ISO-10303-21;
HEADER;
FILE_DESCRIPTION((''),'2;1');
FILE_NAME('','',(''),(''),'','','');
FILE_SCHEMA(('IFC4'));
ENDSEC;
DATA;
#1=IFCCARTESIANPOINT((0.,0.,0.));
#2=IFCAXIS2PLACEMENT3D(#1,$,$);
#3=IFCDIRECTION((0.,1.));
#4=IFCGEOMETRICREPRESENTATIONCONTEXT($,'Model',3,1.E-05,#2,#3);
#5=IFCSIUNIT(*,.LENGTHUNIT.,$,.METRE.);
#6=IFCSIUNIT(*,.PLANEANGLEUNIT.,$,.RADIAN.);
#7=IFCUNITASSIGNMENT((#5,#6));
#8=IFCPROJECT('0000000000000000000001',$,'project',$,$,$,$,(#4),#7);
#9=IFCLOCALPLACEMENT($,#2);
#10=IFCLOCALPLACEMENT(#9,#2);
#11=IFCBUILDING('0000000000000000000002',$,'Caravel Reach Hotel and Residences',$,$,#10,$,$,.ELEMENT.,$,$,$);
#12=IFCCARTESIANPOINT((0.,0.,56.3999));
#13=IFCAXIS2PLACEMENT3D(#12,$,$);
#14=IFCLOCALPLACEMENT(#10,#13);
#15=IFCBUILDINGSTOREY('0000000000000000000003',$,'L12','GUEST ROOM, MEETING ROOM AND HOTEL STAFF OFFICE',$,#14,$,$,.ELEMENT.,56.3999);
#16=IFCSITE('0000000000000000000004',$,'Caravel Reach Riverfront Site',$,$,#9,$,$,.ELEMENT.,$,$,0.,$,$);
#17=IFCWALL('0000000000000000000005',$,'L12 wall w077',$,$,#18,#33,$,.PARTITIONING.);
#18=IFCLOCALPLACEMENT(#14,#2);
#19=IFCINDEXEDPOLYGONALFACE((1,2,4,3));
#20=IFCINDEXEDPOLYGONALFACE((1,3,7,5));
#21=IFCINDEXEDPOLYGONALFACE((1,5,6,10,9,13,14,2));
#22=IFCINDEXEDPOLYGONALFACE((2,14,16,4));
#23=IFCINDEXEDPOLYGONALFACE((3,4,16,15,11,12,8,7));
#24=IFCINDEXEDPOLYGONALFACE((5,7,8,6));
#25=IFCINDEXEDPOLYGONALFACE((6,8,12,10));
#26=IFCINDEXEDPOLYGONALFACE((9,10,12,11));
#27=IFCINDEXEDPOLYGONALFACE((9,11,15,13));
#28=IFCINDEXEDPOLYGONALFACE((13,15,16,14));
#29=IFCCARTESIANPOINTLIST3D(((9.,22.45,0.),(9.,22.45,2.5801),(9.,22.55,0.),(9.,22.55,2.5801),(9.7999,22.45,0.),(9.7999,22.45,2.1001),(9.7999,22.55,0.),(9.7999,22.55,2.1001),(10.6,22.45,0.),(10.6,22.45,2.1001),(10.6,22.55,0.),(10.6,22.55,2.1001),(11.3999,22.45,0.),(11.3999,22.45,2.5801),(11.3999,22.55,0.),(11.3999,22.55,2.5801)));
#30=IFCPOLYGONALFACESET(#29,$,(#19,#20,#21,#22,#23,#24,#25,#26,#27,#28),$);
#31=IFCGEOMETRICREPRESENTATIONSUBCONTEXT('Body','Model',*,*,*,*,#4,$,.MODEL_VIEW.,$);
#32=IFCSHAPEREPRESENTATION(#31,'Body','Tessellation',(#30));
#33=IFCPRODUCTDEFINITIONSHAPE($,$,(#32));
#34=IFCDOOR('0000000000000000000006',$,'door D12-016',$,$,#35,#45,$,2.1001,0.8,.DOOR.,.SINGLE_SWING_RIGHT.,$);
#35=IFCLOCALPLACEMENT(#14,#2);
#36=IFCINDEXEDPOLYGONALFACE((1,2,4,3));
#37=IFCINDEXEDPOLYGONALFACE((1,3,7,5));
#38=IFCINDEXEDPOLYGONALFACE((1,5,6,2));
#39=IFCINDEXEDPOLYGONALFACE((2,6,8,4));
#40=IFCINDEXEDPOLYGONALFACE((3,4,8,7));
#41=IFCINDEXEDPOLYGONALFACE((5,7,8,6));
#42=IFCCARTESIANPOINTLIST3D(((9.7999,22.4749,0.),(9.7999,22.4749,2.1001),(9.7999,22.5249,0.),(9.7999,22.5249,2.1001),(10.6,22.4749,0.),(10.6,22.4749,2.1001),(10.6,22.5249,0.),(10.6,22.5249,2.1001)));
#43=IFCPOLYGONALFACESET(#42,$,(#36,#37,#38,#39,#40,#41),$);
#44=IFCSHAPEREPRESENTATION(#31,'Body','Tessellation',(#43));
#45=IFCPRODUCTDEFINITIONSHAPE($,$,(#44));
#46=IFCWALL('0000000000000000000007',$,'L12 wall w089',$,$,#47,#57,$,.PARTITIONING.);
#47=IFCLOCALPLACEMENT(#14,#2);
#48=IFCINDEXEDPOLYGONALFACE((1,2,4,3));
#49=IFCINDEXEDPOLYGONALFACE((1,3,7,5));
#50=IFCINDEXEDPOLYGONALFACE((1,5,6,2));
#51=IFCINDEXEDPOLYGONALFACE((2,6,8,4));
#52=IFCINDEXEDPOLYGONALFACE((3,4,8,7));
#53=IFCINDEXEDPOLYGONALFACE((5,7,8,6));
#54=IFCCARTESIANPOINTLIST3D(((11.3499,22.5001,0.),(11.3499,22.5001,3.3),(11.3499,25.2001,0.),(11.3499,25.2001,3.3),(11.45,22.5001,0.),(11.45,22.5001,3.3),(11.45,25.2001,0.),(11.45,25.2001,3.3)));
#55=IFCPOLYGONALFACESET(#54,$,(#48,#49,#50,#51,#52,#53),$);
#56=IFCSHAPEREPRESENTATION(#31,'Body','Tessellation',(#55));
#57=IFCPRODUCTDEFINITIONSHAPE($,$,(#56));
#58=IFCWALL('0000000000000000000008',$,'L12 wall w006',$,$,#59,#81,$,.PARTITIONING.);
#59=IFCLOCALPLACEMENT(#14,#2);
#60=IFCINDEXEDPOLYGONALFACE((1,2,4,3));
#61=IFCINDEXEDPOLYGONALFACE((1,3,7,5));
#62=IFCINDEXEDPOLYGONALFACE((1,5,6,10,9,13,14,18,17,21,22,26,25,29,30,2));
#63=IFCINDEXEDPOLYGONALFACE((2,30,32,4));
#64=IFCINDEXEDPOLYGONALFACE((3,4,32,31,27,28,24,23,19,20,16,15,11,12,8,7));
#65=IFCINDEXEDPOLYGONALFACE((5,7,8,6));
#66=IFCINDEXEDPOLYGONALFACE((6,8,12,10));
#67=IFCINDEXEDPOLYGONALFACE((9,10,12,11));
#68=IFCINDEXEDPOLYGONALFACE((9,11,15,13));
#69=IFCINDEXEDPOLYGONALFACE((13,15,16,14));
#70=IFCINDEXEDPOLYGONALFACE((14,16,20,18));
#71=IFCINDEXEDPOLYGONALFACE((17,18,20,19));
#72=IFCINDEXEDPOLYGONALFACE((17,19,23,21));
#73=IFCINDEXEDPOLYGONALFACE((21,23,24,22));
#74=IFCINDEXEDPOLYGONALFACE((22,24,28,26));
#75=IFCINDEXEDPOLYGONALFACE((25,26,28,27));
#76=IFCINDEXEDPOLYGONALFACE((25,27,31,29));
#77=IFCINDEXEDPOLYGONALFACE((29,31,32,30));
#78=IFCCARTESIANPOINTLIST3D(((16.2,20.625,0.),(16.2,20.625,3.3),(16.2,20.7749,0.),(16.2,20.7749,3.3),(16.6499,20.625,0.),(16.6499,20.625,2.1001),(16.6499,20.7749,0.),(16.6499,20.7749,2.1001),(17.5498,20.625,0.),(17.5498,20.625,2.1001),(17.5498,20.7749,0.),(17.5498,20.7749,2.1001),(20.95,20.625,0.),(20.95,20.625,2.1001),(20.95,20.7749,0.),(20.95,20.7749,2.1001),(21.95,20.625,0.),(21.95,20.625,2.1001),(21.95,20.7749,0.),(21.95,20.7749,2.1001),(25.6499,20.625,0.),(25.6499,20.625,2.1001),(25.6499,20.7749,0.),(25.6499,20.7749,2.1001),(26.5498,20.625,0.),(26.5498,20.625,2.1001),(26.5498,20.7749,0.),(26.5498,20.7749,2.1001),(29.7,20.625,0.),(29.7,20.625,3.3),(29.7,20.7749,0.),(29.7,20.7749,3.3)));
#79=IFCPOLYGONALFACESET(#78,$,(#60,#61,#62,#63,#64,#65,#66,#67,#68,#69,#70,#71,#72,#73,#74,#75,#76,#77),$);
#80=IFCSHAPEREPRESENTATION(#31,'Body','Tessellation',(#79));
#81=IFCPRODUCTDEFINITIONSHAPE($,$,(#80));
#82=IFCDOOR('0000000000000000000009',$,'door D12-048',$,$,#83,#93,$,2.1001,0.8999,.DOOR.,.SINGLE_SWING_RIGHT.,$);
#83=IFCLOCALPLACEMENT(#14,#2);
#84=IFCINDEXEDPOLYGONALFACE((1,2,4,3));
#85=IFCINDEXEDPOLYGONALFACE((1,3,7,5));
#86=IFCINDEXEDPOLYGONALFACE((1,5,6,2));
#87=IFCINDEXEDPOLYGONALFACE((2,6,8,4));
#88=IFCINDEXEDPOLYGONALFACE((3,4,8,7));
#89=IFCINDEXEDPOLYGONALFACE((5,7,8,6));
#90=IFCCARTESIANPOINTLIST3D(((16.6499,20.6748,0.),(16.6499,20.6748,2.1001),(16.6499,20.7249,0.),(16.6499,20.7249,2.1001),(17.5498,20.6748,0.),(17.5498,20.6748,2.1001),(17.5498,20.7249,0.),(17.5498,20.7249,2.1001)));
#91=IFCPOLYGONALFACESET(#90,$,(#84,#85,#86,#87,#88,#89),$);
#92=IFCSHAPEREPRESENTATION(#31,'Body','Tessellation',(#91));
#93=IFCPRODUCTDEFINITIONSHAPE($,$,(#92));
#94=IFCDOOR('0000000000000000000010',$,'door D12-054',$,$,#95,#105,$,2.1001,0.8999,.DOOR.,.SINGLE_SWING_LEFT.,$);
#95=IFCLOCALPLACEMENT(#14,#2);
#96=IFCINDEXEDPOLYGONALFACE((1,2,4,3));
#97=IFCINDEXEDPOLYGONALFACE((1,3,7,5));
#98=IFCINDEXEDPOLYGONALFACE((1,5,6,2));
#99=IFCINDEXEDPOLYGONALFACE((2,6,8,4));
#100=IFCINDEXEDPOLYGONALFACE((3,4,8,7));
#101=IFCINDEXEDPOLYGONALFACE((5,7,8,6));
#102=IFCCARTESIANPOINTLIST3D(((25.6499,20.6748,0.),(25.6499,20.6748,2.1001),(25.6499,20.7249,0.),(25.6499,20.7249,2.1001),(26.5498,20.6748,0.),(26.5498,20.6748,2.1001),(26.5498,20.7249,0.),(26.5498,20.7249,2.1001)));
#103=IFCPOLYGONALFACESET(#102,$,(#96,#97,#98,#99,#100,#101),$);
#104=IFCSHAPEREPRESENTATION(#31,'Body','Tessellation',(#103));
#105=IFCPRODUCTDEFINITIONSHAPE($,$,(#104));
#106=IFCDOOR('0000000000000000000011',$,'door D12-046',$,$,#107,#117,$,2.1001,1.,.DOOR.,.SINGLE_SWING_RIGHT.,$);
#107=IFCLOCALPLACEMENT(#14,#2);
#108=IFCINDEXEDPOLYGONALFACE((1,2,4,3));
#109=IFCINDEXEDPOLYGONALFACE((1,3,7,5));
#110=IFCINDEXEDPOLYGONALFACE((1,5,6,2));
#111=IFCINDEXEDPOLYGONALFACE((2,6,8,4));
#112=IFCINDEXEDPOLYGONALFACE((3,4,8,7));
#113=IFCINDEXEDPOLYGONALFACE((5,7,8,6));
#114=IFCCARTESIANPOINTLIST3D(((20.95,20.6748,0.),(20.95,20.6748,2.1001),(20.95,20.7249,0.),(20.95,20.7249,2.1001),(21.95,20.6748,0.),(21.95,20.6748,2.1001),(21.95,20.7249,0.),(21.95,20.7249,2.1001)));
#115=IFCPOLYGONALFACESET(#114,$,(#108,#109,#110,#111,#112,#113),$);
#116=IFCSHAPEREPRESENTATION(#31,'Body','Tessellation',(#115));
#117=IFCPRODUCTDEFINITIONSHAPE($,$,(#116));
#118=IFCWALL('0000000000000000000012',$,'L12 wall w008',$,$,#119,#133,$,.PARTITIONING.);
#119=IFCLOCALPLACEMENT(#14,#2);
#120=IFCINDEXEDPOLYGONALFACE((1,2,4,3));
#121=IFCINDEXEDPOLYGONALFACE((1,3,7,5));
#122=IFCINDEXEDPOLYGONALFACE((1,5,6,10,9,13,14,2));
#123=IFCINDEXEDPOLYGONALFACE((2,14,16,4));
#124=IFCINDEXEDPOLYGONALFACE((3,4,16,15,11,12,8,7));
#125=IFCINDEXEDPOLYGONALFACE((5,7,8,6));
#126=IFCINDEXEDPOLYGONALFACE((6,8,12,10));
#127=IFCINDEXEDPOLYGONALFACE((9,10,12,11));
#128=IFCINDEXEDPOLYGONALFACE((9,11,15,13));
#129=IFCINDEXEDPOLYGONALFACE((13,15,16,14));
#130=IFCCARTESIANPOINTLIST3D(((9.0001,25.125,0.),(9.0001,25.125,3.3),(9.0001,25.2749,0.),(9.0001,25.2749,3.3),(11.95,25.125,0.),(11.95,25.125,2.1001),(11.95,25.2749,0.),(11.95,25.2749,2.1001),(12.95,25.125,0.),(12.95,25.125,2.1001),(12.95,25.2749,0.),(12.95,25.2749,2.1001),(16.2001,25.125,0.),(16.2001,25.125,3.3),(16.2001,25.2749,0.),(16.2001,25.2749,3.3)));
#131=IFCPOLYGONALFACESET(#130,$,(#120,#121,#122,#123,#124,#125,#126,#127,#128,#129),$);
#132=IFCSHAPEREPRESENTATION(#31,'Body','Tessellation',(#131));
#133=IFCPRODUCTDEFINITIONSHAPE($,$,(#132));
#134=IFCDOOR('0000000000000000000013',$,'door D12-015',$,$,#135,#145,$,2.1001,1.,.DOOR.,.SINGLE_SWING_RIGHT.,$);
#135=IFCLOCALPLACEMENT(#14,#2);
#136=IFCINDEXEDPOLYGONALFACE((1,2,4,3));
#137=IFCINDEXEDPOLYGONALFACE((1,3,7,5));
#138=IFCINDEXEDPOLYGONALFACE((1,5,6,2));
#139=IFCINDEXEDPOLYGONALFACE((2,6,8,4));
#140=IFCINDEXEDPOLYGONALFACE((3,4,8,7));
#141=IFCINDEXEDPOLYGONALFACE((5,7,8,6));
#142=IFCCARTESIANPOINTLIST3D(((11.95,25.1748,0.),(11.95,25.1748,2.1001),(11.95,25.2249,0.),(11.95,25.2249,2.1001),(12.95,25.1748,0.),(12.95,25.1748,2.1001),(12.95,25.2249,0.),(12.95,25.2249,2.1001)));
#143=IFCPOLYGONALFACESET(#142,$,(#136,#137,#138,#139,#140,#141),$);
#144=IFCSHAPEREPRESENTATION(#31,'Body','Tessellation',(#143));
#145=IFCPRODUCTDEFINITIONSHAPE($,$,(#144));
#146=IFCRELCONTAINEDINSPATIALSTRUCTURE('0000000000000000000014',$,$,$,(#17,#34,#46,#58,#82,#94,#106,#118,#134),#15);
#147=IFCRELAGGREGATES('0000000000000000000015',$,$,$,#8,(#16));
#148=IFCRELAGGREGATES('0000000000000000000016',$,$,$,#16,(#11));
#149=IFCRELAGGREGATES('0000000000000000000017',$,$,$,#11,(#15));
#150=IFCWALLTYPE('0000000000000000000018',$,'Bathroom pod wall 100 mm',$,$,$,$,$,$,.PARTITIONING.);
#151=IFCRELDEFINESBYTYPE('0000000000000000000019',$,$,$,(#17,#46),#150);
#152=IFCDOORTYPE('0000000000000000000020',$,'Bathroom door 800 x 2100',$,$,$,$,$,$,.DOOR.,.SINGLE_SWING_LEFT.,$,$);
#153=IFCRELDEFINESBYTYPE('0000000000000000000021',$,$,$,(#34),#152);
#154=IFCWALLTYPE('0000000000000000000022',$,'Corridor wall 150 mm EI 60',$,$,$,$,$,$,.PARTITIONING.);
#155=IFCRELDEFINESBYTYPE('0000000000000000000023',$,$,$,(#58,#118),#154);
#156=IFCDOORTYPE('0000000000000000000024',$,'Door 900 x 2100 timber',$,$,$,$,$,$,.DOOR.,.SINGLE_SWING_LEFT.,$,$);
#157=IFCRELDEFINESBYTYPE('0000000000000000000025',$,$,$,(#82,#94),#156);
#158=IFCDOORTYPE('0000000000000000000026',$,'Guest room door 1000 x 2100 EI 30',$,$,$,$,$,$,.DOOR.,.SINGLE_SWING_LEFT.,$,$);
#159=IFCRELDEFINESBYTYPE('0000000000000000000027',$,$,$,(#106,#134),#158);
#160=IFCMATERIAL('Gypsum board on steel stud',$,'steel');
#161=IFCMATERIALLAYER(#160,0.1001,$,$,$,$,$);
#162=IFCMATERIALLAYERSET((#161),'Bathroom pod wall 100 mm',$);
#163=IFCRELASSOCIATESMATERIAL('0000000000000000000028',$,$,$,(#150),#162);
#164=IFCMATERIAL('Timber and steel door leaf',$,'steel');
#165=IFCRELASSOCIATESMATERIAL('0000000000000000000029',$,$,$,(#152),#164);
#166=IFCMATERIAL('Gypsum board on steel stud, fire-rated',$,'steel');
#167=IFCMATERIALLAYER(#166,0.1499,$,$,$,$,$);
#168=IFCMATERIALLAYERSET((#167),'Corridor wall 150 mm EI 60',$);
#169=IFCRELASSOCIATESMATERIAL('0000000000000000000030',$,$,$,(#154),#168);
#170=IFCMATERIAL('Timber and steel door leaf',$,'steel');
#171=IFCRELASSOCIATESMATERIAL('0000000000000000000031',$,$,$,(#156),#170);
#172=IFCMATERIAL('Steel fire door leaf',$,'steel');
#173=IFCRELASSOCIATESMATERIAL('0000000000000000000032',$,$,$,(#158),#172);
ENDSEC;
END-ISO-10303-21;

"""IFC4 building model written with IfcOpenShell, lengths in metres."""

from ifc_helpers import new_model, si_unit, direction, frame, frame_2d, origin, place, context, subcontext, project, spatial, rectangle, extrude, material, layer, layer_set, type_object, element, fill, save


model = new_model("IFC4")

# Units and contexts
model_context = context("Model", 3, precision=1e-05, world=origin(), true_north=direction((0.0, 1.0)))
body_context = subcontext(model_context, "Body", "Model", "MODEL_VIEW")
ifc_project = project(units=[si_unit("LENGTHUNIT", "METRE"), si_unit("PLANEANGLEUNIT", "RADIAN")], contexts=[model_context])

# Site, building, storey
site_placement = place(None, origin())
site = spatial("IfcSite", under=ifc_project, at=site_placement, Name="Caravel Reach Riverfront Site", CompositionType="ELEMENT", RefElevation=0.0)
building_placement = place(site_placement, origin())
building = spatial("IfcBuilding", under=site, at=building_placement, Name="Caravel Reach Hotel and Residences", CompositionType="ELEMENT")
storey_placement = place(building_placement, frame((0.0, 0.0, 56.3999)))
storey = spatial("IfcBuildingStorey", under=building, at=storey_placement, Name="L12", Description="GUEST ROOM, MEETING ROOM AND HOTEL STAFF OFFICE", CompositionType="ELEMENT", Elevation=56.3999)

# Wall, opening, door
ifc_material_1 = material(Name="Gypsum board on steel stud", Category="steel")
ifc_layer_1 = layer(ifc_material_1, 0.1001)
ifc_layer_set_1 = layer_set([ifc_layer_1], Name="Bathroom pod wall 100 mm")
wall_type_1 = type_object("IfcWallType", Name="Bathroom pod wall 100 mm", PredefinedType="PARTITIONING", material=ifc_layer_set_1)
wall_1_placement = place(storey_placement, frame((9.0, 22.5, 0.0), z_axis=(0.0, 0.0, 1.0), x_axis=(1.0, 0.0, 0.0)))
wall_1 = element("IfcWall", 1, at=wall_1_placement, inside=storey, type_object=wall_type_1, Name="L12 wall w077", PredefinedType="PARTITIONING", context=body_context, shape_type="SweptSolid", body=[
    extrude(rectangle(XDim=2.3999, YDim=0.1001, at=frame_2d((1.2, 0.0))), origin(), (0.0, 0.0, 1.0), 2.5801),
])
opening_1_placement = place(wall_1_placement, frame((0.8, 0.0, 0.0)))
opening_1 = element("IfcOpeningElement", 2, at=opening_1_placement, cuts=wall_1, PredefinedType="OPENING", context=body_context, shape_type="SweptSolid", body=[
    extrude(rectangle(XDim=0.8, YDim=2.1001, at=frame_2d((0.3999, 1.05))), frame((0.0, 0.0601, 0.0), z_axis=(0.0, -1.0, 0.0), x_axis=(1.0, 0.0, 0.0)), (0.0, 0.0, 1.0), 0.1201),
])
ifc_material_2 = material(Name="Timber and steel door leaf", Category="steel")
door_type_1 = type_object("IfcDoorType", Name="Bathroom door 800 x 2100", OperationType="SINGLE_SWING_LEFT", PredefinedType="DOOR", material=ifc_material_2)
door_1_placement = place(opening_1_placement, origin())
door_1 = element("IfcDoor", 3, at=door_1_placement, inside=storey, type_object=door_type_1, Name="door D12-016", OperationType="SINGLE_SWING_RIGHT", OverallHeight=2.1001, OverallWidth=0.8, PredefinedType="DOOR", context=body_context, shape_type="SweptSolid", body=[
    extrude(rectangle(XDim=0.8, YDim=2.1001, at=frame_2d((0.3999, 1.05))), frame((0.0, 0.0249, 0.0), z_axis=(0.0, -1.0, 0.0), x_axis=(1.0, 0.0, 0.0)), (0.0, 0.0, 1.0), 0.05),
])
fill(opening_1, door_1)

# Wall
wall_2_placement = place(storey_placement, frame((11.3999, 22.5, 0.0), z_axis=(0.0, 0.0, 1.0), x_axis=(0.0, 1.0, 0.0)))
element("IfcWall", 4, at=wall_2_placement, inside=storey, type_object=wall_type_1, Name="L12 wall w089", PredefinedType="PARTITIONING", context=body_context, shape_type="SweptSolid", body=[
    extrude(rectangle(XDim=2.7, YDim=0.1001, at=frame_2d((1.3501, 0.0))), origin(), (0.0, 0.0, 1.0), 3.3),
])

# Wall, openings, doors
ifc_material_3 = material(Name="Gypsum board on steel stud, fire-rated", Category="steel")
ifc_layer_2 = layer(ifc_material_3, 0.1499)
ifc_layer_set_2 = layer_set([ifc_layer_2], Name="Corridor wall 150 mm EI 60")
wall_type_2 = type_object("IfcWallType", Name="Corridor wall 150 mm EI 60", PredefinedType="PARTITIONING", material=ifc_layer_set_2)
wall_3_placement = place(storey_placement, frame((16.2, 20.7, 0.0), z_axis=(0.0, 0.0, 1.0), x_axis=(1.0, 0.0, 0.0)))
wall_3 = element("IfcWall", 5, at=wall_3_placement, inside=storey, type_object=wall_type_2, Name="L12 wall w006", PredefinedType="PARTITIONING", context=body_context, shape_type="SweptSolid", body=[
    extrude(rectangle(XDim=13.5, YDim=0.1499, at=frame_2d((6.75, 0.0))), origin(), (0.0, 0.0, 1.0), 3.3),
])
opening_2_placement = place(wall_3_placement, frame((4.75, 0.0, 0.0)))
opening_2 = element("IfcOpeningElement", 6, at=opening_2_placement, cuts=wall_3, PredefinedType="OPENING", context=body_context, shape_type="SweptSolid", body=[
    extrude(rectangle(XDim=1.0, YDim=2.1001, at=frame_2d((0.5, 1.05))), frame((0.0, 0.085, 0.0), z_axis=(0.0, -1.0, 0.0), x_axis=(1.0, 0.0, 0.0)), (0.0, 0.0, 1.0), 0.1699),
])
opening_3_placement = place(wall_3_placement, frame((0.45, 0.0, 0.0)))
opening_3 = element("IfcOpeningElement", 7, at=opening_3_placement, cuts=wall_3, PredefinedType="OPENING", context=body_context, shape_type="SweptSolid", body=[
    extrude(rectangle(XDim=0.8999, YDim=2.1001, at=frame_2d((0.45, 1.05))), frame((0.0, 0.085, 0.0), z_axis=(0.0, -1.0, 0.0), x_axis=(1.0, 0.0, 0.0)), (0.0, 0.0, 1.0), 0.1699),
])
opening_4_placement = place(wall_3_placement, frame((9.45, 0.0, 0.0)))
opening_4 = element("IfcOpeningElement", 8, at=opening_4_placement, cuts=wall_3, PredefinedType="OPENING", context=body_context, shape_type="SweptSolid", body=[
    extrude(rectangle(XDim=0.8999, YDim=2.1001, at=frame_2d((0.45, 1.05))), frame((0.0, 0.085, 0.0), z_axis=(0.0, -1.0, 0.0), x_axis=(1.0, 0.0, 0.0)), (0.0, 0.0, 1.0), 0.1699),
])
ifc_material_4 = material(Name="Timber and steel door leaf", Category="steel")
door_type_2 = type_object("IfcDoorType", Name="Door 900 x 2100 timber", OperationType="SINGLE_SWING_LEFT", PredefinedType="DOOR", material=ifc_material_4)
door_2_placement = place(opening_3_placement, origin())
door_2 = element("IfcDoor", 9, at=door_2_placement, inside=storey, type_object=door_type_2, Name="door D12-048", OperationType="SINGLE_SWING_RIGHT", OverallHeight=2.1001, OverallWidth=0.8999, PredefinedType="DOOR", context=body_context, shape_type="SweptSolid", body=[
    extrude(rectangle(XDim=0.8999, YDim=2.1001, at=frame_2d((0.45, 1.05))), frame((0.0, 0.0249, 0.0), z_axis=(0.0, -1.0, 0.0), x_axis=(1.0, 0.0, 0.0)), (0.0, 0.0, 1.0), 0.05),
])
fill(opening_3, door_2)
door_3_placement = place(opening_4_placement, origin())
door_3 = element("IfcDoor", 10, at=door_3_placement, inside=storey, type_object=door_type_2, Name="door D12-054", OperationType="SINGLE_SWING_LEFT", OverallHeight=2.1001, OverallWidth=0.8999, PredefinedType="DOOR", context=body_context, shape_type="SweptSolid", body=[
    extrude(rectangle(XDim=0.8999, YDim=2.1001, at=frame_2d((0.45, 1.05))), frame((0.0, 0.0249, 0.0), z_axis=(0.0, -1.0, 0.0), x_axis=(1.0, 0.0, 0.0)), (0.0, 0.0, 1.0), 0.05),
])
fill(opening_4, door_3)
ifc_material_5 = material(Name="Steel fire door leaf", Category="steel")
door_type_3 = type_object("IfcDoorType", Name="Guest room door 1000 x 2100 EI 30", OperationType="SINGLE_SWING_LEFT", PredefinedType="DOOR", material=ifc_material_5)
door_4_placement = place(opening_2_placement, origin())
door_4 = element("IfcDoor", 11, at=door_4_placement, inside=storey, type_object=door_type_3, Name="door D12-046", OperationType="SINGLE_SWING_RIGHT", OverallHeight=2.1001, OverallWidth=1.0, PredefinedType="DOOR", context=body_context, shape_type="SweptSolid", body=[
    extrude(rectangle(XDim=1.0, YDim=2.1001, at=frame_2d((0.5, 1.05))), frame((0.0, 0.0249, 0.0), z_axis=(0.0, -1.0, 0.0), x_axis=(1.0, 0.0, 0.0)), (0.0, 0.0, 1.0), 0.05),
])
fill(opening_2, door_4)

# Wall, opening, door
wall_4_placement = place(storey_placement, frame((9.0, 25.2, 0.0), z_axis=(0.0, 0.0, 1.0), x_axis=(1.0, 0.0, 0.0)))
wall_4 = element("IfcWall", 12, at=wall_4_placement, inside=storey, type_object=wall_type_2, Name="L12 wall w008", PredefinedType="PARTITIONING", context=body_context, shape_type="SweptSolid", body=[
    extrude(rectangle(XDim=7.2, YDim=0.1499, at=frame_2d((3.6001, 0.0))), origin(), (0.0, 0.0, 1.0), 3.3),
])
opening_5_placement = place(wall_4_placement, frame((2.95, 0.0, 0.0)))
opening_5 = element("IfcOpeningElement", 13, at=opening_5_placement, cuts=wall_4, PredefinedType="OPENING", context=body_context, shape_type="SweptSolid", body=[
    extrude(rectangle(XDim=1.0, YDim=2.1001, at=frame_2d((0.5, 1.05))), frame((0.0, 0.085, 0.0), z_axis=(0.0, -1.0, 0.0), x_axis=(1.0, 0.0, 0.0)), (0.0, 0.0, 1.0), 0.1699),
])
door_5_placement = place(opening_5_placement, origin())
door_5 = element("IfcDoor", 14, at=door_5_placement, inside=storey, type_object=door_type_3, Name="door D12-015", OperationType="SINGLE_SWING_RIGHT", OverallHeight=2.1001, OverallWidth=1.0, PredefinedType="DOOR", context=body_context, shape_type="SweptSolid", body=[
    extrude(rectangle(XDim=1.0, YDim=2.1001, at=frame_2d((0.5, 1.05))), frame((0.0, 0.0249, 0.0), z_axis=(0.0, -1.0, 0.0), x_axis=(1.0, 0.0, 0.0)), (0.0, 0.0, 1.0), 0.05),
])
fill(opening_5, door_5)

save(model, "model.ifc")
